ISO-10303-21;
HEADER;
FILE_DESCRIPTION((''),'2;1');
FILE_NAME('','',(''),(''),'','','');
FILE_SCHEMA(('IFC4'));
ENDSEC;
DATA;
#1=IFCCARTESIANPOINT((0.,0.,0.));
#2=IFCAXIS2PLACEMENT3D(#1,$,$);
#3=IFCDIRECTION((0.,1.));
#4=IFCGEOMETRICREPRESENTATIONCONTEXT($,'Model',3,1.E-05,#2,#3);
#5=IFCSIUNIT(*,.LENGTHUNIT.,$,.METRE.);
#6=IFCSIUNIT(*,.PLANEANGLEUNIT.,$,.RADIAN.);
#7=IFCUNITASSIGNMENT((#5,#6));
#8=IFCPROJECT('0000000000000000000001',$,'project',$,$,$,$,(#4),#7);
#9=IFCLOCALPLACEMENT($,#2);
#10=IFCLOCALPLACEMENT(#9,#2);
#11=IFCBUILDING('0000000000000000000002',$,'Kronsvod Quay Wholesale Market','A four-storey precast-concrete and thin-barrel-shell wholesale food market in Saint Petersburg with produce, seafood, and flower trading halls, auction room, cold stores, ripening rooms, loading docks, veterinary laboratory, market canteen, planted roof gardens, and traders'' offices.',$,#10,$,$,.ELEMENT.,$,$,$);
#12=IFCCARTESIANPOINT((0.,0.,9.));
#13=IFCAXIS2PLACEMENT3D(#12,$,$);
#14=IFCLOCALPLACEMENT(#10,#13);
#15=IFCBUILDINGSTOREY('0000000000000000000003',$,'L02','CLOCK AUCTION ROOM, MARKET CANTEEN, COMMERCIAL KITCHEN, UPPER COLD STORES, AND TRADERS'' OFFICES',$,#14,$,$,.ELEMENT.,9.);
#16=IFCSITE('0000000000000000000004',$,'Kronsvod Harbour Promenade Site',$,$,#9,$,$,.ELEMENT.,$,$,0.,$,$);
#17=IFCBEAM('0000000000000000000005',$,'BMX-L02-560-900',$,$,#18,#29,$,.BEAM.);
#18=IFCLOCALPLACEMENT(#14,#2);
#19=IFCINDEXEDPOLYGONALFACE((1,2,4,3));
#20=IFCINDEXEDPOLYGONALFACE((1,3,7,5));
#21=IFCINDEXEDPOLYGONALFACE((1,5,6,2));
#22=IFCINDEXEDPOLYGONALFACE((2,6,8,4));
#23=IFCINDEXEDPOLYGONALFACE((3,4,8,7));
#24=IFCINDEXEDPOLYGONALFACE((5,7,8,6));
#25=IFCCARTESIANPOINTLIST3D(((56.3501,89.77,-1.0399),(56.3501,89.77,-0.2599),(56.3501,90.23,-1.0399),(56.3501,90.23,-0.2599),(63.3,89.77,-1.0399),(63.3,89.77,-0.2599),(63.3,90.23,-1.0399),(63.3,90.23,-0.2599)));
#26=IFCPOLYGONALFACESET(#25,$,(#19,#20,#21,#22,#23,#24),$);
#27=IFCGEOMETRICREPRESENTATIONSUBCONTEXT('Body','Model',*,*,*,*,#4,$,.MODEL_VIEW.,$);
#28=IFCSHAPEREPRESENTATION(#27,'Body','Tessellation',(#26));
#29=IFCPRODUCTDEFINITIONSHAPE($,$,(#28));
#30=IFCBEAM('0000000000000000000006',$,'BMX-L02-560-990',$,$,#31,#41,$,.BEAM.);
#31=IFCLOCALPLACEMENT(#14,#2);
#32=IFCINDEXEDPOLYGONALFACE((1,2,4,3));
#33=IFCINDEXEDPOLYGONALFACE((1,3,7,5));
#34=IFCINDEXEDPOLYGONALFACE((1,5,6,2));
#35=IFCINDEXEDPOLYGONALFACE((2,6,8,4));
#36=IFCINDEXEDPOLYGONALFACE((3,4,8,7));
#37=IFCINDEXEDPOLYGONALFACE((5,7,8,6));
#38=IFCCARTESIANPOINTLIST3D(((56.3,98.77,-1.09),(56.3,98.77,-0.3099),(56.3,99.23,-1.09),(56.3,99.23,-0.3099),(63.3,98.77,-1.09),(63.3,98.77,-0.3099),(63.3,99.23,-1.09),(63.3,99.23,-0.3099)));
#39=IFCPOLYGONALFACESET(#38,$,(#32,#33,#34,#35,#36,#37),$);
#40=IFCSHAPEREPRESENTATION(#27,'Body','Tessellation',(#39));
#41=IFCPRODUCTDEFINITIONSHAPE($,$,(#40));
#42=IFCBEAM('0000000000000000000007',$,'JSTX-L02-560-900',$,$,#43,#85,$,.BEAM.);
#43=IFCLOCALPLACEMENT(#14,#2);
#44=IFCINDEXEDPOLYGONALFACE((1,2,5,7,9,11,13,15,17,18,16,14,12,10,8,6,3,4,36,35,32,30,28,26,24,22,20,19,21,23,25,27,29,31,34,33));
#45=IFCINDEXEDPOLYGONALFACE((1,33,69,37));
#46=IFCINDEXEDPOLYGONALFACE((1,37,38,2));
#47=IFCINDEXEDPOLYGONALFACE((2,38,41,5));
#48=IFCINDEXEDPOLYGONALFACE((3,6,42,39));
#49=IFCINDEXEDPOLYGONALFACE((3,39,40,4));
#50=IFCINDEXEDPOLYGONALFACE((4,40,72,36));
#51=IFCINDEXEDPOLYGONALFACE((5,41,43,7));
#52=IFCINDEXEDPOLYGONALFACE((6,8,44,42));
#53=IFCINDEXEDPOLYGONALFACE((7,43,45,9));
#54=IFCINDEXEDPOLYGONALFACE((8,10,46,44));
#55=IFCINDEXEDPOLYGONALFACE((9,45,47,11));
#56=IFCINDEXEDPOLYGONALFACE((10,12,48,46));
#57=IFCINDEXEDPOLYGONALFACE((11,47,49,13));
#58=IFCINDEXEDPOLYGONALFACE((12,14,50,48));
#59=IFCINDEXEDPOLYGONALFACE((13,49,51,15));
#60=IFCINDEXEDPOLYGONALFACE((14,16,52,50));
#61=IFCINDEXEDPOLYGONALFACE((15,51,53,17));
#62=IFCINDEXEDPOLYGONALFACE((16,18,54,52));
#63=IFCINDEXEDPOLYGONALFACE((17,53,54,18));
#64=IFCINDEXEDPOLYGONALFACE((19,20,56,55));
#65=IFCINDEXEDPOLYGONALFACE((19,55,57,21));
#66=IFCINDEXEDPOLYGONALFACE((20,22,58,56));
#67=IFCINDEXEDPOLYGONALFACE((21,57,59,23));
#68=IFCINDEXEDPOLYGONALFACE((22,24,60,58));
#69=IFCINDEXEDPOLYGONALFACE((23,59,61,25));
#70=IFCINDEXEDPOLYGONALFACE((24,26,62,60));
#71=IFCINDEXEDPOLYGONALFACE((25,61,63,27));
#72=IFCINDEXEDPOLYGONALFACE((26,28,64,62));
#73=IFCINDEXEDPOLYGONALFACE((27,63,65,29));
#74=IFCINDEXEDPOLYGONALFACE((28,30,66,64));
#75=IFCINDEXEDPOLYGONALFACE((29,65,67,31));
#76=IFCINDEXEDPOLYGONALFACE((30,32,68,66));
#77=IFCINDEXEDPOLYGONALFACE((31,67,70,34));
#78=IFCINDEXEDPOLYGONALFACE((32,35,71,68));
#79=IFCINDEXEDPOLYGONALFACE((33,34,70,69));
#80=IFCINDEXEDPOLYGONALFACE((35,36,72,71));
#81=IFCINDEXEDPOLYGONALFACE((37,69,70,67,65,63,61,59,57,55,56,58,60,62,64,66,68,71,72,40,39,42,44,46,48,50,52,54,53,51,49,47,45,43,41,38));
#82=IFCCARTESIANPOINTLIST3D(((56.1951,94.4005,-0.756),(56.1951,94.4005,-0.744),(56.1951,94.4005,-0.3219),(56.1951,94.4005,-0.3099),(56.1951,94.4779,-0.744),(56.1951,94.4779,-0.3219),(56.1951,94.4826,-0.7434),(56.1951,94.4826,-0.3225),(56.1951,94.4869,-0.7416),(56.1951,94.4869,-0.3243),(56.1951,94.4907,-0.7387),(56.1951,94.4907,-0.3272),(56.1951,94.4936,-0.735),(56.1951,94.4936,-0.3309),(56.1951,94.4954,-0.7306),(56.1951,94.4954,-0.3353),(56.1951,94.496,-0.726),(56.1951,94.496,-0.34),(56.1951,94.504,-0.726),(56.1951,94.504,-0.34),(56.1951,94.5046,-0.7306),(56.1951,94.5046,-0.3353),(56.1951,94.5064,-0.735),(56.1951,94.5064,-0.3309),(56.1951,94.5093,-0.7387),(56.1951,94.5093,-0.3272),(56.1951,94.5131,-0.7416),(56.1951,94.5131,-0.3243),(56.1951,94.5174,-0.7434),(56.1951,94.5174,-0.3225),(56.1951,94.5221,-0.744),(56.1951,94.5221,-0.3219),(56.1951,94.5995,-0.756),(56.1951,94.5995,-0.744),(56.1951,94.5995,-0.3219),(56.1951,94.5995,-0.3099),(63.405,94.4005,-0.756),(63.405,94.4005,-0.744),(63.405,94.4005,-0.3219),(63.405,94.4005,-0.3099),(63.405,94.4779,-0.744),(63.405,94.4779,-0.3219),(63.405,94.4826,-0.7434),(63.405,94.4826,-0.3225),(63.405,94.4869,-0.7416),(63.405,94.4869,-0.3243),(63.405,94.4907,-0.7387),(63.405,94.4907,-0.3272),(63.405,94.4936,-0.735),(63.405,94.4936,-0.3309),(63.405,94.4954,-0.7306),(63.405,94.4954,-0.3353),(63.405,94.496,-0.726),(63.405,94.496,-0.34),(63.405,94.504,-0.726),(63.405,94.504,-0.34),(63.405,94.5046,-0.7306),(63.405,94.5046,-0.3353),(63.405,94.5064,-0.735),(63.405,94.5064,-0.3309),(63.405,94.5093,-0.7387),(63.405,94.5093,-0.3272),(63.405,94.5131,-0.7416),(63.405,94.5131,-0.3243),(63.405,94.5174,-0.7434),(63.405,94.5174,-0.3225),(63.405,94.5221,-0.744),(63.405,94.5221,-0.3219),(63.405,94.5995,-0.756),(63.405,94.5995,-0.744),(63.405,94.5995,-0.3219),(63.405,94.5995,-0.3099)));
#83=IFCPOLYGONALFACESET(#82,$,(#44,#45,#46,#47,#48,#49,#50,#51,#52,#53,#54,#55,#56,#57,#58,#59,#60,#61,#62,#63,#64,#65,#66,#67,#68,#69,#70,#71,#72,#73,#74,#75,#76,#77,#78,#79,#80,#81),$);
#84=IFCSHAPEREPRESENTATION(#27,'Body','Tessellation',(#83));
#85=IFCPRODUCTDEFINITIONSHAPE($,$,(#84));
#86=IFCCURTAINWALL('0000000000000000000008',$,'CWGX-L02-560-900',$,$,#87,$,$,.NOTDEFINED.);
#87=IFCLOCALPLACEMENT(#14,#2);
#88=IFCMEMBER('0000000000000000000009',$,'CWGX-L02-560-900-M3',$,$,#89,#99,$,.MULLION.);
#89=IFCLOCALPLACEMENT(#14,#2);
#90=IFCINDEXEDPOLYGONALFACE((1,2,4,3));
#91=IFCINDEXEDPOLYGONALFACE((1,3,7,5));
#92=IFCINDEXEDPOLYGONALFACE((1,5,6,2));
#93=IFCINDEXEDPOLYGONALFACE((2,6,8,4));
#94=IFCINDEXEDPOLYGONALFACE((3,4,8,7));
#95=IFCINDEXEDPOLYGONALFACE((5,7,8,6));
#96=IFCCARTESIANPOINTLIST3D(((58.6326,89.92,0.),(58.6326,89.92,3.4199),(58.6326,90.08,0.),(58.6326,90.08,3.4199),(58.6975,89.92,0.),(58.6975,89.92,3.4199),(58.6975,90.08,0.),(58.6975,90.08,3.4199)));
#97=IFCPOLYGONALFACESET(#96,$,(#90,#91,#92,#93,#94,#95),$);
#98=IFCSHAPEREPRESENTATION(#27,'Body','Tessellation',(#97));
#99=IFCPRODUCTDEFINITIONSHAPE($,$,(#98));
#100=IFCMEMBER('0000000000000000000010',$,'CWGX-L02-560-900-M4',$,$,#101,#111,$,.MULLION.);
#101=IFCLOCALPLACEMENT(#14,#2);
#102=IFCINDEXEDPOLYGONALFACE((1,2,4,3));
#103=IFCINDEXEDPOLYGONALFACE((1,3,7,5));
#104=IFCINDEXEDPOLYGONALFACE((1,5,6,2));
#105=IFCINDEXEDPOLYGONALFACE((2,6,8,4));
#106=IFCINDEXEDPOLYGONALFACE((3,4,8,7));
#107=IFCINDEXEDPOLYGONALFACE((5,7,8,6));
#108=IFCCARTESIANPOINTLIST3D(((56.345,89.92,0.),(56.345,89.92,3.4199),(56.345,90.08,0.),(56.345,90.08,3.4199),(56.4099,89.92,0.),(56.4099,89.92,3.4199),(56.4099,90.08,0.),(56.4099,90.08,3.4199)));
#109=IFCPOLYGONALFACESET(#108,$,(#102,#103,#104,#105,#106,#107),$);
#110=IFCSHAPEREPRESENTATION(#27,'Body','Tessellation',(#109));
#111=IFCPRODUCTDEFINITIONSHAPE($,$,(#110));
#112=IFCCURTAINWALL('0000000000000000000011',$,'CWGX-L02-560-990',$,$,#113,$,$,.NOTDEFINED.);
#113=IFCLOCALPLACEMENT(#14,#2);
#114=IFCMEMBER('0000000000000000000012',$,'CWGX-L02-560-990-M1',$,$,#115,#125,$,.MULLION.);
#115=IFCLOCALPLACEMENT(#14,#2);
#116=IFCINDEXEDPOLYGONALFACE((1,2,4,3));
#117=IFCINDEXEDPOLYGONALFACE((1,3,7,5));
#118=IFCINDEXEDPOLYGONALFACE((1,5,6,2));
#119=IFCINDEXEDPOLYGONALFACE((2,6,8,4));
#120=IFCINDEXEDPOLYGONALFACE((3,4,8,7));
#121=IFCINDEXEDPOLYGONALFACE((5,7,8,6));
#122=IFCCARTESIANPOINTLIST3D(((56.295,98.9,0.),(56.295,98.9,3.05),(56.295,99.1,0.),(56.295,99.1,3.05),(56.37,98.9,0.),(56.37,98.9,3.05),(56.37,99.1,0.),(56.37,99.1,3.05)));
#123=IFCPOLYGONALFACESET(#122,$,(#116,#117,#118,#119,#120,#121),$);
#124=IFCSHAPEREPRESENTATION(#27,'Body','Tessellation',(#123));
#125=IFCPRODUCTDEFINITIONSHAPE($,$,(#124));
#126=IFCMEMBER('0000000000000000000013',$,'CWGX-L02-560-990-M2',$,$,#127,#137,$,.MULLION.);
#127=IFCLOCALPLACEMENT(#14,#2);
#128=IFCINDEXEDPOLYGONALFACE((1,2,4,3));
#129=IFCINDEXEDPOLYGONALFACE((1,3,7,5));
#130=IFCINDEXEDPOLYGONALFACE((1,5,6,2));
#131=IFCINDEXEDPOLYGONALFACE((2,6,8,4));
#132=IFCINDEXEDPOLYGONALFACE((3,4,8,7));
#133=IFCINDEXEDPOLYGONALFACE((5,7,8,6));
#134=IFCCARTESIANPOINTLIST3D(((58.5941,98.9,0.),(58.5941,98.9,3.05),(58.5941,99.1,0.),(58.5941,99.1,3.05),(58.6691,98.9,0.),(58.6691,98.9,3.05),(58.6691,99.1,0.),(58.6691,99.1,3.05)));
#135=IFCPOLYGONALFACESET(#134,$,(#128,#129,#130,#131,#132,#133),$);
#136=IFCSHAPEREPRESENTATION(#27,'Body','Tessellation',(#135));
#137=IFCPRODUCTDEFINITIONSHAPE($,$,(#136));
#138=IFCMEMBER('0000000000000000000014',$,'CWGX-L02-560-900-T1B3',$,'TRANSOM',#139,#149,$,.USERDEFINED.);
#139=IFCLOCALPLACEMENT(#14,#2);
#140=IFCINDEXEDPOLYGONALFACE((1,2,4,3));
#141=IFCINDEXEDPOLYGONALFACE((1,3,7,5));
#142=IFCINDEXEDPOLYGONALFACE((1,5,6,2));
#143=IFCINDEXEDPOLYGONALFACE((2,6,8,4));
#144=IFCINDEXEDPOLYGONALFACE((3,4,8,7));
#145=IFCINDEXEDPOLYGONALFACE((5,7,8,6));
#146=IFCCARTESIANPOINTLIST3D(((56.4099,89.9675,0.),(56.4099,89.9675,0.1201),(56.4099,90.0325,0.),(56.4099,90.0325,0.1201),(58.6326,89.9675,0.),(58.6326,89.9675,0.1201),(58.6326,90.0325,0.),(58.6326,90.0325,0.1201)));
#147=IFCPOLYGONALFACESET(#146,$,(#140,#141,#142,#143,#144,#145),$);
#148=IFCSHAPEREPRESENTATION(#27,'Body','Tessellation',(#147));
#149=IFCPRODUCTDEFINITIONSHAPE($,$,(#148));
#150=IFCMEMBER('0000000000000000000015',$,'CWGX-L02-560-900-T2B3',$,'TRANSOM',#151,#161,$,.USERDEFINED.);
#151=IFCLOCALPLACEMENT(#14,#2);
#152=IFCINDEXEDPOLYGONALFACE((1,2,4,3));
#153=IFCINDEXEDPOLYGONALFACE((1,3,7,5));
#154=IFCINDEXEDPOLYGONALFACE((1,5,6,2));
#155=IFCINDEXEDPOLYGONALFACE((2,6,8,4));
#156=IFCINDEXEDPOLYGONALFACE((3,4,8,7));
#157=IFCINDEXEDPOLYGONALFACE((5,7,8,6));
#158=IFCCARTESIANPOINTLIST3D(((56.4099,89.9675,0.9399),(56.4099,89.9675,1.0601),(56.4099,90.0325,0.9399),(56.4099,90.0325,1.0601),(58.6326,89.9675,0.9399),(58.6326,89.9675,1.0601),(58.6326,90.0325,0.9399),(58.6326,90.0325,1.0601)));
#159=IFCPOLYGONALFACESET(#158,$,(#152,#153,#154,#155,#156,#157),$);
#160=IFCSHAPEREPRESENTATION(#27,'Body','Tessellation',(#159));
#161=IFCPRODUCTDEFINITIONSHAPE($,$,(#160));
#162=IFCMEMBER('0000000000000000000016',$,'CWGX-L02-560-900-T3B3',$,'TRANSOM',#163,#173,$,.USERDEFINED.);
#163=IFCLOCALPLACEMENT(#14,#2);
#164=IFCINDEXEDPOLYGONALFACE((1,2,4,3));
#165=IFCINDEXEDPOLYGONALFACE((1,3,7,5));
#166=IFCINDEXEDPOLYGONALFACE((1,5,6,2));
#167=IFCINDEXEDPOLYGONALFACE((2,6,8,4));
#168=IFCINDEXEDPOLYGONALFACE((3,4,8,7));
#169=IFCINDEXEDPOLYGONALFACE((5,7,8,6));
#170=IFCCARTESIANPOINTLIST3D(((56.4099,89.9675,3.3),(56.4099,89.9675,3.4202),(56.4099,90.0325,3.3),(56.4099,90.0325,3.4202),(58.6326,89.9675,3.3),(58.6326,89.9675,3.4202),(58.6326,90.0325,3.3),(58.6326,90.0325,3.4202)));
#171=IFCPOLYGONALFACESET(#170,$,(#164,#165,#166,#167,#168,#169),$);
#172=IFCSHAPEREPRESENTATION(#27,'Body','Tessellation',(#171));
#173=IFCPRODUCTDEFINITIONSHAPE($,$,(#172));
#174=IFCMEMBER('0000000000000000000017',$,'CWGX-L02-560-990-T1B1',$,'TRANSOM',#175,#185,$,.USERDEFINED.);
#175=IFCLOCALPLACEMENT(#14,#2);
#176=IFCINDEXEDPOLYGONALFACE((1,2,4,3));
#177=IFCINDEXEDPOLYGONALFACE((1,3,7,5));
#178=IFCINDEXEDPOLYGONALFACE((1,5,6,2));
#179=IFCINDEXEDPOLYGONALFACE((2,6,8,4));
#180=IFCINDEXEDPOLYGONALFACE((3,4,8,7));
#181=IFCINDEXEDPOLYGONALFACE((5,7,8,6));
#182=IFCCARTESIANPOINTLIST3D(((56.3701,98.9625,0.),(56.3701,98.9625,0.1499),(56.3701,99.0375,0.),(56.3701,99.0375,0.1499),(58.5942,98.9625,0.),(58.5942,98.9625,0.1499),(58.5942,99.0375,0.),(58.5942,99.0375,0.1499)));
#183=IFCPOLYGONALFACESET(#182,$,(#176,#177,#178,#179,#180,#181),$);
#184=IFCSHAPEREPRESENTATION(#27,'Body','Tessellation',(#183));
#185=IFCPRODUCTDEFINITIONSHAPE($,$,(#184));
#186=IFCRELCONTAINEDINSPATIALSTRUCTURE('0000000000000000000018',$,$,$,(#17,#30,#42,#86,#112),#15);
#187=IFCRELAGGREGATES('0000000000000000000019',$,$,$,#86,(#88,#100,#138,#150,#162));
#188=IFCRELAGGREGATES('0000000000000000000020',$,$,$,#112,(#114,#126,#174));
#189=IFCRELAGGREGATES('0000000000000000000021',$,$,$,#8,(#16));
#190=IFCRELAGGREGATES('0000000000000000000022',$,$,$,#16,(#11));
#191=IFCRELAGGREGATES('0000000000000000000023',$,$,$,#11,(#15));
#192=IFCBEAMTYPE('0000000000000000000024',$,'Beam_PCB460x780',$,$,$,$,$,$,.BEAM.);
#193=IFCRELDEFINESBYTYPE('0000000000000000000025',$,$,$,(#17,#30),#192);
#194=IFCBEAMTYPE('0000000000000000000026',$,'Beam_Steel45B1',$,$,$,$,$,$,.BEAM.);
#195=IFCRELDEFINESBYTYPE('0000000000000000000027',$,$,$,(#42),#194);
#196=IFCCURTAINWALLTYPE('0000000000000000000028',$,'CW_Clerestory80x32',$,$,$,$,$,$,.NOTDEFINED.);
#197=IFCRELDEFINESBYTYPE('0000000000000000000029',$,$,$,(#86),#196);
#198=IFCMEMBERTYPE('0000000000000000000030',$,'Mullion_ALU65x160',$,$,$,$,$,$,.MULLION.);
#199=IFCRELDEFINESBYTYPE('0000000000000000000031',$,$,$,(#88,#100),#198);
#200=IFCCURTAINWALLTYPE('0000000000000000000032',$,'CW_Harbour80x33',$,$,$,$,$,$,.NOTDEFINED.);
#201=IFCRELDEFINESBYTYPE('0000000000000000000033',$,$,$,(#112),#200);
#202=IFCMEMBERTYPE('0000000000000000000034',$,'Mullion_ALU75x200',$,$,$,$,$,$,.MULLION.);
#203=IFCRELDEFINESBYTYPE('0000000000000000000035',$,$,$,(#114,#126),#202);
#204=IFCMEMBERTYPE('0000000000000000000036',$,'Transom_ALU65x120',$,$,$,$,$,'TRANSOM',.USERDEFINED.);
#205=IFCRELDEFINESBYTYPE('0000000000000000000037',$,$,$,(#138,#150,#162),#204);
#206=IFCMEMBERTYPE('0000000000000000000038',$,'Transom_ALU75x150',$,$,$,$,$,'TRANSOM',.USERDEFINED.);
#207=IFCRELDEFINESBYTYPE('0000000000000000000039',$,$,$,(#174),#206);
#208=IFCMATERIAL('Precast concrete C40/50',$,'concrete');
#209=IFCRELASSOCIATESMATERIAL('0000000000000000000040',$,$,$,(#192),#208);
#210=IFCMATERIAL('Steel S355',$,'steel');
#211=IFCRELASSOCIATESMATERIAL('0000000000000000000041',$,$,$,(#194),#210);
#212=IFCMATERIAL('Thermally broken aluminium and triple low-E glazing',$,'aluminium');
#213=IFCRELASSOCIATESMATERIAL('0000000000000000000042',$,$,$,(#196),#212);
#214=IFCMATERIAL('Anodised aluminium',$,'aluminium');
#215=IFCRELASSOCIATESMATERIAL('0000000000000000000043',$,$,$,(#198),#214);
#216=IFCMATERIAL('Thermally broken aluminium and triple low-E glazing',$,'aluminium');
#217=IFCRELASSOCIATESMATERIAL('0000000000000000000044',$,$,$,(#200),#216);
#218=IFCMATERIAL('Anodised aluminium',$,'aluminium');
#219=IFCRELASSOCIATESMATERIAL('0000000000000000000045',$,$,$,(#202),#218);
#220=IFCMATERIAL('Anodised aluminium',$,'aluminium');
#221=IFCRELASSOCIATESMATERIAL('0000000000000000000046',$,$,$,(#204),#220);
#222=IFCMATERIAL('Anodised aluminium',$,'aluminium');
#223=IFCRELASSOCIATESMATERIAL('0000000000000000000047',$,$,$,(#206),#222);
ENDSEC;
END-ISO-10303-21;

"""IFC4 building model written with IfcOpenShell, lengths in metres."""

from ifc_helpers import new_model, si_unit, direction, frame, origin, origin_2d, place, context, subcontext, project, spatial, rectangle, i_section, extrude, material, material_profile, profile_set, type_object, element, aggregate, save


model = new_model("IFC4")

# Units and contexts
model_context = context("Model", 3, precision=1e-05, world=origin(), true_north=direction((0.0, 1.0)))
body_context = subcontext(model_context, "Body", "Model", "MODEL_VIEW")
ifc_project = project(units=[si_unit("LENGTHUNIT", "METRE"), si_unit("PLANEANGLEUNIT", "RADIAN")], contexts=[model_context])

# Site, building, storey
site_placement = place(None, origin())
site = spatial("IfcSite", under=ifc_project, at=site_placement, Name="Kronsvod Harbour Promenade Site", CompositionType="ELEMENT", RefElevation=0.0)
building_placement = place(site_placement, origin())
building = spatial("IfcBuilding", under=site, at=building_placement, Name="Kronsvod Quay Wholesale Market", Description="A four-storey precast-concrete and thin-barrel-shell wholesale food market in Saint Petersburg with produce, seafood, and flower trading halls, auction room, cold stores, ripening rooms, loading docks, veterinary laboratory, market canteen, planted roof gardens, and traders' offices.", CompositionType="ELEMENT")
storey_placement = place(building_placement, frame((0.0, 0.0, 9.0)))
storey = spatial("IfcBuildingStorey", under=building, at=storey_placement, Name="L02", Description="CLOCK AUCTION ROOM, MARKET CANTEEN, COMMERCIAL KITCHEN, UPPER COLD STORES, AND TRADERS' OFFICES", CompositionType="ELEMENT", Elevation=9.0)

# Beams
ifc_material_1 = material(Name="Precast concrete C40/50", Category="concrete")
ifc_material_profile_1 = material_profile(ifc_material_1, rectangle(XDim=0.46, YDim=0.78, at=origin_2d()), Name="PB-03")
ifc_profile_set_1 = profile_set([ifc_material_profile_1], Name="Precast concrete C40/50")
beam_type_1 = type_object("IfcBeamType", Name="Beam_PCB460x780", PredefinedType="BEAM", material=ifc_profile_set_1)
beam_1_placement = place(storey_placement, frame((56.3501, 90.0, -0.6499), z_axis=(1.0, 0.0, 0.0), x_axis=(0.0, 1.0, 0.0)))
element("IfcBeam", 1, at=beam_1_placement, inside=storey, type_object=beam_type_1, Name="BMX-L02-560-900", PredefinedType="BEAM", context=body_context, shape_type="SweptSolid", body=[
    extrude(rectangle(XDim=0.46, YDim=0.78, at=origin_2d()), origin(), (0.0, 0.0, 1.0), 6.95),
])
beam_2_placement = place(storey_placement, frame((56.3, 99.0, -0.7), z_axis=(1.0, 0.0, 0.0), x_axis=(0.0, 1.0, 0.0)))
element("IfcBeam", 2, at=beam_2_placement, inside=storey, type_object=beam_type_1, Name="BMX-L02-560-990", PredefinedType="BEAM", context=body_context, shape_type="SweptSolid", body=[
    extrude(rectangle(XDim=0.46, YDim=0.78, at=origin_2d()), origin(), (0.0, 0.0, 1.0), 7.0),
])
ifc_material_2 = material(Name="Steel S355", Category="steel")
ifc_material_profile_2 = material_profile(ifc_material_2, i_section(OverallWidth=0.199, OverallDepth=0.446, WebThickness=0.0081, FlangeThickness=0.012, FilletRadius=0.0181, at=origin_2d()), Name="45B1")
ifc_profile_set_2 = profile_set([ifc_material_profile_2], Name="Steel S355")
beam_type_2 = type_object("IfcBeamType", Name="Beam_Steel45B1", PredefinedType="BEAM", material=ifc_profile_set_2)
beam_3_placement = place(storey_placement, frame((56.1951, 94.5, -0.533), z_axis=(1.0, 0.0, 0.0), x_axis=(0.0, 1.0, 0.0)))
element("IfcBeam", 3, at=beam_3_placement, inside=storey, type_object=beam_type_2, Name="JSTX-L02-560-900", PredefinedType="BEAM", context=body_context, shape_type="SweptSolid", body=[
    extrude(i_section(OverallWidth=0.199, OverallDepth=0.446, WebThickness=0.0081, FlangeThickness=0.012, FilletRadius=0.0181, at=origin_2d()), origin(), (0.0, 0.0, 1.0), 7.21),
])

# Curtain walls, members
ifc_material_3 = material(Name="Thermally broken aluminium and triple low-E glazing", Category="aluminium")
curtain_wall_type_1 = type_object("IfcCurtainWallType", Name="CW_Clerestory80x32", PredefinedType="NOTDEFINED", material=ifc_material_3)
curtain_wall_1_placement = place(storey_placement, origin())
curtain_wall_1 = element("IfcCurtainWall", 4, at=curtain_wall_1_placement, inside=storey, type_object=curtain_wall_type_1, Name="CWGX-L02-560-900", PredefinedType="NOTDEFINED")
ifc_material_4 = material(Name="Anodised aluminium", Category="aluminium")
ifc_material_profile_3 = material_profile(ifc_material_4, rectangle(XDim=0.0649, YDim=0.1599, at=origin_2d()), Name="ALUM65x160")
ifc_profile_set_3 = profile_set([ifc_material_profile_3], Name="Anodised aluminium")
member_type_1 = type_object("IfcMemberType", Name="Mullion_ALU65x160", PredefinedType="MULLION", material=ifc_profile_set_3)
member_1_placement = place(storey_placement, frame((58.665, 90.0, 0.0), z_axis=(0.0, 0.0, 1.0), x_axis=(1.0, 0.0, 0.0)))
member_1 = element("IfcMember", 5, at=member_1_placement, type_object=member_type_1, Name="CWGX-L02-560-900-M3", PredefinedType="MULLION", context=body_context, shape_type="SweptSolid", body=[
    extrude(rectangle(XDim=0.0649, YDim=0.1599, at=origin_2d()), origin(), (0.0, 0.0, 1.0), 3.4199),
])
member_2_placement = place(storey_placement, frame((56.3774, 90.0, 0.0), z_axis=(0.0, 0.0, 1.0), x_axis=(1.0, 0.0, 0.0)))
member_2 = element("IfcMember", 6, at=member_2_placement, type_object=member_type_1, Name="CWGX-L02-560-900-M4", PredefinedType="MULLION", context=body_context, shape_type="SweptSolid", body=[
    extrude(rectangle(XDim=0.0649, YDim=0.1599, at=origin_2d()), origin(), (0.0, 0.0, 1.0), 3.4199),
])
ifc_material_5 = material(Name="Thermally broken aluminium and triple low-E glazing", Category="aluminium")
curtain_wall_type_2 = type_object("IfcCurtainWallType", Name="CW_Harbour80x33", PredefinedType="NOTDEFINED", material=ifc_material_5)
curtain_wall_2_placement = place(storey_placement, origin())
curtain_wall_2 = element("IfcCurtainWall", 7, at=curtain_wall_2_placement, inside=storey, type_object=curtain_wall_type_2, Name="CWGX-L02-560-990", PredefinedType="NOTDEFINED")
ifc_material_6 = material(Name="Anodised aluminium", Category="aluminium")
ifc_material_profile_4 = material_profile(ifc_material_6, rectangle(XDim=0.075, YDim=0.2, at=origin_2d()), Name="ALUM75x200")
ifc_profile_set_4 = profile_set([ifc_material_profile_4], Name="Anodised aluminium")
member_type_2 = type_object("IfcMemberType", Name="Mullion_ALU75x200", PredefinedType="MULLION", material=ifc_profile_set_4)
member_3_placement = place(storey_placement, frame((56.3325, 99.0, 0.0), z_axis=(0.0, 0.0, 1.0), x_axis=(1.0, 0.0, 0.0)))
member_3 = element("IfcMember", 8, at=member_3_placement, type_object=member_type_2, Name="CWGX-L02-560-990-M1", PredefinedType="MULLION", context=body_context, shape_type="SweptSolid", body=[
    extrude(rectangle(XDim=0.075, YDim=0.2, at=origin_2d()), origin(), (0.0, 0.0, 1.0), 3.05),
])
member_4_placement = place(storey_placement, frame((58.6316, 99.0, 0.0), z_axis=(0.0, 0.0, 1.0), x_axis=(1.0, 0.0, 0.0)))
member_4 = element("IfcMember", 9, at=member_4_placement, type_object=member_type_2, Name="CWGX-L02-560-990-M2", PredefinedType="MULLION", context=body_context, shape_type="SweptSolid", body=[
    extrude(rectangle(XDim=0.075, YDim=0.2, at=origin_2d()), origin(), (0.0, 0.0, 1.0), 3.05),
])

# Members
ifc_material_7 = material(Name="Anodised aluminium", Category="aluminium")
ifc_material_profile_5 = material_profile(ifc_material_7, rectangle(XDim=0.0649, YDim=0.1201, at=origin_2d()), Name="ALUT65x120")
ifc_profile_set_5 = profile_set([ifc_material_profile_5], Name="Anodised aluminium")
member_type_3 = type_object("IfcMemberType", Name="Transom_ALU65x120", ElementType="TRANSOM", PredefinedType="USERDEFINED", material=ifc_profile_set_5)
member_5_placement = place(storey_placement, frame((58.6326, 90.0, 0.0601), z_axis=(-1.0, 0.0, 0.0), x_axis=(0.0, -1.0, 0.0)))
member_5 = element("IfcMember", 10, at=member_5_placement, type_object=member_type_3, Name="CWGX-L02-560-900-T1B3", ObjectType="TRANSOM", PredefinedType="USERDEFINED", context=body_context, shape_type="SweptSolid", body=[
    extrude(rectangle(XDim=0.0649, YDim=0.1201, at=origin_2d()), origin(), (0.0, 0.0, 1.0), 2.2227),
])
member_6_placement = place(storey_placement, frame((58.6326, 90.0, 1.0), z_axis=(-1.0, 0.0, 0.0), x_axis=(0.0, -1.0, 0.0)))
member_6 = element("IfcMember", 11, at=member_6_placement, type_object=member_type_3, Name="CWGX-L02-560-900-T2B3", ObjectType="TRANSOM", PredefinedType="USERDEFINED", context=body_context, shape_type="SweptSolid", body=[
    extrude(rectangle(XDim=0.0649, YDim=0.1201, at=origin_2d()), origin(), (0.0, 0.0, 1.0), 2.2227),
])
member_7_placement = place(storey_placement, frame((58.6326, 90.0, 3.3601), z_axis=(-1.0, 0.0, 0.0), x_axis=(0.0, -1.0, 0.0)))
member_7 = element("IfcMember", 12, at=member_7_placement, type_object=member_type_3, Name="CWGX-L02-560-900-T3B3", ObjectType="TRANSOM", PredefinedType="USERDEFINED", context=body_context, shape_type="SweptSolid", body=[
    extrude(rectangle(XDim=0.0649, YDim=0.1201, at=origin_2d()), origin(), (0.0, 0.0, 1.0), 2.2227),
])
ifc_material_8 = material(Name="Anodised aluminium", Category="aluminium")
ifc_material_profile_6 = material_profile(ifc_material_8, rectangle(XDim=0.075, YDim=0.1499, at=origin_2d()), Name="ALUT75x150")
ifc_profile_set_6 = profile_set([ifc_material_profile_6], Name="Anodised aluminium")
member_type_4 = type_object("IfcMemberType", Name="Transom_ALU75x150", ElementType="TRANSOM", PredefinedType="USERDEFINED", material=ifc_profile_set_6)
member_8_placement = place(storey_placement, frame((56.3701, 99.0, 0.075), z_axis=(1.0, 0.0, 0.0), x_axis=(0.0, 1.0, 0.0)))
member_8 = element("IfcMember", 13, at=member_8_placement, type_object=member_type_4, Name="CWGX-L02-560-990-T1B1", ObjectType="TRANSOM", PredefinedType="USERDEFINED", context=body_context, shape_type="SweptSolid", body=[
    extrude(rectangle(XDim=0.075, YDim=0.1499, at=origin_2d()), origin(), (0.0, 0.0, 1.0), 2.2241),
])

aggregate(curtain_wall_1, [member_1, member_2, member_5, member_6, member_7])
aggregate(curtain_wall_2, [member_3, member_4, member_8])

save(model, "model.ifc")
